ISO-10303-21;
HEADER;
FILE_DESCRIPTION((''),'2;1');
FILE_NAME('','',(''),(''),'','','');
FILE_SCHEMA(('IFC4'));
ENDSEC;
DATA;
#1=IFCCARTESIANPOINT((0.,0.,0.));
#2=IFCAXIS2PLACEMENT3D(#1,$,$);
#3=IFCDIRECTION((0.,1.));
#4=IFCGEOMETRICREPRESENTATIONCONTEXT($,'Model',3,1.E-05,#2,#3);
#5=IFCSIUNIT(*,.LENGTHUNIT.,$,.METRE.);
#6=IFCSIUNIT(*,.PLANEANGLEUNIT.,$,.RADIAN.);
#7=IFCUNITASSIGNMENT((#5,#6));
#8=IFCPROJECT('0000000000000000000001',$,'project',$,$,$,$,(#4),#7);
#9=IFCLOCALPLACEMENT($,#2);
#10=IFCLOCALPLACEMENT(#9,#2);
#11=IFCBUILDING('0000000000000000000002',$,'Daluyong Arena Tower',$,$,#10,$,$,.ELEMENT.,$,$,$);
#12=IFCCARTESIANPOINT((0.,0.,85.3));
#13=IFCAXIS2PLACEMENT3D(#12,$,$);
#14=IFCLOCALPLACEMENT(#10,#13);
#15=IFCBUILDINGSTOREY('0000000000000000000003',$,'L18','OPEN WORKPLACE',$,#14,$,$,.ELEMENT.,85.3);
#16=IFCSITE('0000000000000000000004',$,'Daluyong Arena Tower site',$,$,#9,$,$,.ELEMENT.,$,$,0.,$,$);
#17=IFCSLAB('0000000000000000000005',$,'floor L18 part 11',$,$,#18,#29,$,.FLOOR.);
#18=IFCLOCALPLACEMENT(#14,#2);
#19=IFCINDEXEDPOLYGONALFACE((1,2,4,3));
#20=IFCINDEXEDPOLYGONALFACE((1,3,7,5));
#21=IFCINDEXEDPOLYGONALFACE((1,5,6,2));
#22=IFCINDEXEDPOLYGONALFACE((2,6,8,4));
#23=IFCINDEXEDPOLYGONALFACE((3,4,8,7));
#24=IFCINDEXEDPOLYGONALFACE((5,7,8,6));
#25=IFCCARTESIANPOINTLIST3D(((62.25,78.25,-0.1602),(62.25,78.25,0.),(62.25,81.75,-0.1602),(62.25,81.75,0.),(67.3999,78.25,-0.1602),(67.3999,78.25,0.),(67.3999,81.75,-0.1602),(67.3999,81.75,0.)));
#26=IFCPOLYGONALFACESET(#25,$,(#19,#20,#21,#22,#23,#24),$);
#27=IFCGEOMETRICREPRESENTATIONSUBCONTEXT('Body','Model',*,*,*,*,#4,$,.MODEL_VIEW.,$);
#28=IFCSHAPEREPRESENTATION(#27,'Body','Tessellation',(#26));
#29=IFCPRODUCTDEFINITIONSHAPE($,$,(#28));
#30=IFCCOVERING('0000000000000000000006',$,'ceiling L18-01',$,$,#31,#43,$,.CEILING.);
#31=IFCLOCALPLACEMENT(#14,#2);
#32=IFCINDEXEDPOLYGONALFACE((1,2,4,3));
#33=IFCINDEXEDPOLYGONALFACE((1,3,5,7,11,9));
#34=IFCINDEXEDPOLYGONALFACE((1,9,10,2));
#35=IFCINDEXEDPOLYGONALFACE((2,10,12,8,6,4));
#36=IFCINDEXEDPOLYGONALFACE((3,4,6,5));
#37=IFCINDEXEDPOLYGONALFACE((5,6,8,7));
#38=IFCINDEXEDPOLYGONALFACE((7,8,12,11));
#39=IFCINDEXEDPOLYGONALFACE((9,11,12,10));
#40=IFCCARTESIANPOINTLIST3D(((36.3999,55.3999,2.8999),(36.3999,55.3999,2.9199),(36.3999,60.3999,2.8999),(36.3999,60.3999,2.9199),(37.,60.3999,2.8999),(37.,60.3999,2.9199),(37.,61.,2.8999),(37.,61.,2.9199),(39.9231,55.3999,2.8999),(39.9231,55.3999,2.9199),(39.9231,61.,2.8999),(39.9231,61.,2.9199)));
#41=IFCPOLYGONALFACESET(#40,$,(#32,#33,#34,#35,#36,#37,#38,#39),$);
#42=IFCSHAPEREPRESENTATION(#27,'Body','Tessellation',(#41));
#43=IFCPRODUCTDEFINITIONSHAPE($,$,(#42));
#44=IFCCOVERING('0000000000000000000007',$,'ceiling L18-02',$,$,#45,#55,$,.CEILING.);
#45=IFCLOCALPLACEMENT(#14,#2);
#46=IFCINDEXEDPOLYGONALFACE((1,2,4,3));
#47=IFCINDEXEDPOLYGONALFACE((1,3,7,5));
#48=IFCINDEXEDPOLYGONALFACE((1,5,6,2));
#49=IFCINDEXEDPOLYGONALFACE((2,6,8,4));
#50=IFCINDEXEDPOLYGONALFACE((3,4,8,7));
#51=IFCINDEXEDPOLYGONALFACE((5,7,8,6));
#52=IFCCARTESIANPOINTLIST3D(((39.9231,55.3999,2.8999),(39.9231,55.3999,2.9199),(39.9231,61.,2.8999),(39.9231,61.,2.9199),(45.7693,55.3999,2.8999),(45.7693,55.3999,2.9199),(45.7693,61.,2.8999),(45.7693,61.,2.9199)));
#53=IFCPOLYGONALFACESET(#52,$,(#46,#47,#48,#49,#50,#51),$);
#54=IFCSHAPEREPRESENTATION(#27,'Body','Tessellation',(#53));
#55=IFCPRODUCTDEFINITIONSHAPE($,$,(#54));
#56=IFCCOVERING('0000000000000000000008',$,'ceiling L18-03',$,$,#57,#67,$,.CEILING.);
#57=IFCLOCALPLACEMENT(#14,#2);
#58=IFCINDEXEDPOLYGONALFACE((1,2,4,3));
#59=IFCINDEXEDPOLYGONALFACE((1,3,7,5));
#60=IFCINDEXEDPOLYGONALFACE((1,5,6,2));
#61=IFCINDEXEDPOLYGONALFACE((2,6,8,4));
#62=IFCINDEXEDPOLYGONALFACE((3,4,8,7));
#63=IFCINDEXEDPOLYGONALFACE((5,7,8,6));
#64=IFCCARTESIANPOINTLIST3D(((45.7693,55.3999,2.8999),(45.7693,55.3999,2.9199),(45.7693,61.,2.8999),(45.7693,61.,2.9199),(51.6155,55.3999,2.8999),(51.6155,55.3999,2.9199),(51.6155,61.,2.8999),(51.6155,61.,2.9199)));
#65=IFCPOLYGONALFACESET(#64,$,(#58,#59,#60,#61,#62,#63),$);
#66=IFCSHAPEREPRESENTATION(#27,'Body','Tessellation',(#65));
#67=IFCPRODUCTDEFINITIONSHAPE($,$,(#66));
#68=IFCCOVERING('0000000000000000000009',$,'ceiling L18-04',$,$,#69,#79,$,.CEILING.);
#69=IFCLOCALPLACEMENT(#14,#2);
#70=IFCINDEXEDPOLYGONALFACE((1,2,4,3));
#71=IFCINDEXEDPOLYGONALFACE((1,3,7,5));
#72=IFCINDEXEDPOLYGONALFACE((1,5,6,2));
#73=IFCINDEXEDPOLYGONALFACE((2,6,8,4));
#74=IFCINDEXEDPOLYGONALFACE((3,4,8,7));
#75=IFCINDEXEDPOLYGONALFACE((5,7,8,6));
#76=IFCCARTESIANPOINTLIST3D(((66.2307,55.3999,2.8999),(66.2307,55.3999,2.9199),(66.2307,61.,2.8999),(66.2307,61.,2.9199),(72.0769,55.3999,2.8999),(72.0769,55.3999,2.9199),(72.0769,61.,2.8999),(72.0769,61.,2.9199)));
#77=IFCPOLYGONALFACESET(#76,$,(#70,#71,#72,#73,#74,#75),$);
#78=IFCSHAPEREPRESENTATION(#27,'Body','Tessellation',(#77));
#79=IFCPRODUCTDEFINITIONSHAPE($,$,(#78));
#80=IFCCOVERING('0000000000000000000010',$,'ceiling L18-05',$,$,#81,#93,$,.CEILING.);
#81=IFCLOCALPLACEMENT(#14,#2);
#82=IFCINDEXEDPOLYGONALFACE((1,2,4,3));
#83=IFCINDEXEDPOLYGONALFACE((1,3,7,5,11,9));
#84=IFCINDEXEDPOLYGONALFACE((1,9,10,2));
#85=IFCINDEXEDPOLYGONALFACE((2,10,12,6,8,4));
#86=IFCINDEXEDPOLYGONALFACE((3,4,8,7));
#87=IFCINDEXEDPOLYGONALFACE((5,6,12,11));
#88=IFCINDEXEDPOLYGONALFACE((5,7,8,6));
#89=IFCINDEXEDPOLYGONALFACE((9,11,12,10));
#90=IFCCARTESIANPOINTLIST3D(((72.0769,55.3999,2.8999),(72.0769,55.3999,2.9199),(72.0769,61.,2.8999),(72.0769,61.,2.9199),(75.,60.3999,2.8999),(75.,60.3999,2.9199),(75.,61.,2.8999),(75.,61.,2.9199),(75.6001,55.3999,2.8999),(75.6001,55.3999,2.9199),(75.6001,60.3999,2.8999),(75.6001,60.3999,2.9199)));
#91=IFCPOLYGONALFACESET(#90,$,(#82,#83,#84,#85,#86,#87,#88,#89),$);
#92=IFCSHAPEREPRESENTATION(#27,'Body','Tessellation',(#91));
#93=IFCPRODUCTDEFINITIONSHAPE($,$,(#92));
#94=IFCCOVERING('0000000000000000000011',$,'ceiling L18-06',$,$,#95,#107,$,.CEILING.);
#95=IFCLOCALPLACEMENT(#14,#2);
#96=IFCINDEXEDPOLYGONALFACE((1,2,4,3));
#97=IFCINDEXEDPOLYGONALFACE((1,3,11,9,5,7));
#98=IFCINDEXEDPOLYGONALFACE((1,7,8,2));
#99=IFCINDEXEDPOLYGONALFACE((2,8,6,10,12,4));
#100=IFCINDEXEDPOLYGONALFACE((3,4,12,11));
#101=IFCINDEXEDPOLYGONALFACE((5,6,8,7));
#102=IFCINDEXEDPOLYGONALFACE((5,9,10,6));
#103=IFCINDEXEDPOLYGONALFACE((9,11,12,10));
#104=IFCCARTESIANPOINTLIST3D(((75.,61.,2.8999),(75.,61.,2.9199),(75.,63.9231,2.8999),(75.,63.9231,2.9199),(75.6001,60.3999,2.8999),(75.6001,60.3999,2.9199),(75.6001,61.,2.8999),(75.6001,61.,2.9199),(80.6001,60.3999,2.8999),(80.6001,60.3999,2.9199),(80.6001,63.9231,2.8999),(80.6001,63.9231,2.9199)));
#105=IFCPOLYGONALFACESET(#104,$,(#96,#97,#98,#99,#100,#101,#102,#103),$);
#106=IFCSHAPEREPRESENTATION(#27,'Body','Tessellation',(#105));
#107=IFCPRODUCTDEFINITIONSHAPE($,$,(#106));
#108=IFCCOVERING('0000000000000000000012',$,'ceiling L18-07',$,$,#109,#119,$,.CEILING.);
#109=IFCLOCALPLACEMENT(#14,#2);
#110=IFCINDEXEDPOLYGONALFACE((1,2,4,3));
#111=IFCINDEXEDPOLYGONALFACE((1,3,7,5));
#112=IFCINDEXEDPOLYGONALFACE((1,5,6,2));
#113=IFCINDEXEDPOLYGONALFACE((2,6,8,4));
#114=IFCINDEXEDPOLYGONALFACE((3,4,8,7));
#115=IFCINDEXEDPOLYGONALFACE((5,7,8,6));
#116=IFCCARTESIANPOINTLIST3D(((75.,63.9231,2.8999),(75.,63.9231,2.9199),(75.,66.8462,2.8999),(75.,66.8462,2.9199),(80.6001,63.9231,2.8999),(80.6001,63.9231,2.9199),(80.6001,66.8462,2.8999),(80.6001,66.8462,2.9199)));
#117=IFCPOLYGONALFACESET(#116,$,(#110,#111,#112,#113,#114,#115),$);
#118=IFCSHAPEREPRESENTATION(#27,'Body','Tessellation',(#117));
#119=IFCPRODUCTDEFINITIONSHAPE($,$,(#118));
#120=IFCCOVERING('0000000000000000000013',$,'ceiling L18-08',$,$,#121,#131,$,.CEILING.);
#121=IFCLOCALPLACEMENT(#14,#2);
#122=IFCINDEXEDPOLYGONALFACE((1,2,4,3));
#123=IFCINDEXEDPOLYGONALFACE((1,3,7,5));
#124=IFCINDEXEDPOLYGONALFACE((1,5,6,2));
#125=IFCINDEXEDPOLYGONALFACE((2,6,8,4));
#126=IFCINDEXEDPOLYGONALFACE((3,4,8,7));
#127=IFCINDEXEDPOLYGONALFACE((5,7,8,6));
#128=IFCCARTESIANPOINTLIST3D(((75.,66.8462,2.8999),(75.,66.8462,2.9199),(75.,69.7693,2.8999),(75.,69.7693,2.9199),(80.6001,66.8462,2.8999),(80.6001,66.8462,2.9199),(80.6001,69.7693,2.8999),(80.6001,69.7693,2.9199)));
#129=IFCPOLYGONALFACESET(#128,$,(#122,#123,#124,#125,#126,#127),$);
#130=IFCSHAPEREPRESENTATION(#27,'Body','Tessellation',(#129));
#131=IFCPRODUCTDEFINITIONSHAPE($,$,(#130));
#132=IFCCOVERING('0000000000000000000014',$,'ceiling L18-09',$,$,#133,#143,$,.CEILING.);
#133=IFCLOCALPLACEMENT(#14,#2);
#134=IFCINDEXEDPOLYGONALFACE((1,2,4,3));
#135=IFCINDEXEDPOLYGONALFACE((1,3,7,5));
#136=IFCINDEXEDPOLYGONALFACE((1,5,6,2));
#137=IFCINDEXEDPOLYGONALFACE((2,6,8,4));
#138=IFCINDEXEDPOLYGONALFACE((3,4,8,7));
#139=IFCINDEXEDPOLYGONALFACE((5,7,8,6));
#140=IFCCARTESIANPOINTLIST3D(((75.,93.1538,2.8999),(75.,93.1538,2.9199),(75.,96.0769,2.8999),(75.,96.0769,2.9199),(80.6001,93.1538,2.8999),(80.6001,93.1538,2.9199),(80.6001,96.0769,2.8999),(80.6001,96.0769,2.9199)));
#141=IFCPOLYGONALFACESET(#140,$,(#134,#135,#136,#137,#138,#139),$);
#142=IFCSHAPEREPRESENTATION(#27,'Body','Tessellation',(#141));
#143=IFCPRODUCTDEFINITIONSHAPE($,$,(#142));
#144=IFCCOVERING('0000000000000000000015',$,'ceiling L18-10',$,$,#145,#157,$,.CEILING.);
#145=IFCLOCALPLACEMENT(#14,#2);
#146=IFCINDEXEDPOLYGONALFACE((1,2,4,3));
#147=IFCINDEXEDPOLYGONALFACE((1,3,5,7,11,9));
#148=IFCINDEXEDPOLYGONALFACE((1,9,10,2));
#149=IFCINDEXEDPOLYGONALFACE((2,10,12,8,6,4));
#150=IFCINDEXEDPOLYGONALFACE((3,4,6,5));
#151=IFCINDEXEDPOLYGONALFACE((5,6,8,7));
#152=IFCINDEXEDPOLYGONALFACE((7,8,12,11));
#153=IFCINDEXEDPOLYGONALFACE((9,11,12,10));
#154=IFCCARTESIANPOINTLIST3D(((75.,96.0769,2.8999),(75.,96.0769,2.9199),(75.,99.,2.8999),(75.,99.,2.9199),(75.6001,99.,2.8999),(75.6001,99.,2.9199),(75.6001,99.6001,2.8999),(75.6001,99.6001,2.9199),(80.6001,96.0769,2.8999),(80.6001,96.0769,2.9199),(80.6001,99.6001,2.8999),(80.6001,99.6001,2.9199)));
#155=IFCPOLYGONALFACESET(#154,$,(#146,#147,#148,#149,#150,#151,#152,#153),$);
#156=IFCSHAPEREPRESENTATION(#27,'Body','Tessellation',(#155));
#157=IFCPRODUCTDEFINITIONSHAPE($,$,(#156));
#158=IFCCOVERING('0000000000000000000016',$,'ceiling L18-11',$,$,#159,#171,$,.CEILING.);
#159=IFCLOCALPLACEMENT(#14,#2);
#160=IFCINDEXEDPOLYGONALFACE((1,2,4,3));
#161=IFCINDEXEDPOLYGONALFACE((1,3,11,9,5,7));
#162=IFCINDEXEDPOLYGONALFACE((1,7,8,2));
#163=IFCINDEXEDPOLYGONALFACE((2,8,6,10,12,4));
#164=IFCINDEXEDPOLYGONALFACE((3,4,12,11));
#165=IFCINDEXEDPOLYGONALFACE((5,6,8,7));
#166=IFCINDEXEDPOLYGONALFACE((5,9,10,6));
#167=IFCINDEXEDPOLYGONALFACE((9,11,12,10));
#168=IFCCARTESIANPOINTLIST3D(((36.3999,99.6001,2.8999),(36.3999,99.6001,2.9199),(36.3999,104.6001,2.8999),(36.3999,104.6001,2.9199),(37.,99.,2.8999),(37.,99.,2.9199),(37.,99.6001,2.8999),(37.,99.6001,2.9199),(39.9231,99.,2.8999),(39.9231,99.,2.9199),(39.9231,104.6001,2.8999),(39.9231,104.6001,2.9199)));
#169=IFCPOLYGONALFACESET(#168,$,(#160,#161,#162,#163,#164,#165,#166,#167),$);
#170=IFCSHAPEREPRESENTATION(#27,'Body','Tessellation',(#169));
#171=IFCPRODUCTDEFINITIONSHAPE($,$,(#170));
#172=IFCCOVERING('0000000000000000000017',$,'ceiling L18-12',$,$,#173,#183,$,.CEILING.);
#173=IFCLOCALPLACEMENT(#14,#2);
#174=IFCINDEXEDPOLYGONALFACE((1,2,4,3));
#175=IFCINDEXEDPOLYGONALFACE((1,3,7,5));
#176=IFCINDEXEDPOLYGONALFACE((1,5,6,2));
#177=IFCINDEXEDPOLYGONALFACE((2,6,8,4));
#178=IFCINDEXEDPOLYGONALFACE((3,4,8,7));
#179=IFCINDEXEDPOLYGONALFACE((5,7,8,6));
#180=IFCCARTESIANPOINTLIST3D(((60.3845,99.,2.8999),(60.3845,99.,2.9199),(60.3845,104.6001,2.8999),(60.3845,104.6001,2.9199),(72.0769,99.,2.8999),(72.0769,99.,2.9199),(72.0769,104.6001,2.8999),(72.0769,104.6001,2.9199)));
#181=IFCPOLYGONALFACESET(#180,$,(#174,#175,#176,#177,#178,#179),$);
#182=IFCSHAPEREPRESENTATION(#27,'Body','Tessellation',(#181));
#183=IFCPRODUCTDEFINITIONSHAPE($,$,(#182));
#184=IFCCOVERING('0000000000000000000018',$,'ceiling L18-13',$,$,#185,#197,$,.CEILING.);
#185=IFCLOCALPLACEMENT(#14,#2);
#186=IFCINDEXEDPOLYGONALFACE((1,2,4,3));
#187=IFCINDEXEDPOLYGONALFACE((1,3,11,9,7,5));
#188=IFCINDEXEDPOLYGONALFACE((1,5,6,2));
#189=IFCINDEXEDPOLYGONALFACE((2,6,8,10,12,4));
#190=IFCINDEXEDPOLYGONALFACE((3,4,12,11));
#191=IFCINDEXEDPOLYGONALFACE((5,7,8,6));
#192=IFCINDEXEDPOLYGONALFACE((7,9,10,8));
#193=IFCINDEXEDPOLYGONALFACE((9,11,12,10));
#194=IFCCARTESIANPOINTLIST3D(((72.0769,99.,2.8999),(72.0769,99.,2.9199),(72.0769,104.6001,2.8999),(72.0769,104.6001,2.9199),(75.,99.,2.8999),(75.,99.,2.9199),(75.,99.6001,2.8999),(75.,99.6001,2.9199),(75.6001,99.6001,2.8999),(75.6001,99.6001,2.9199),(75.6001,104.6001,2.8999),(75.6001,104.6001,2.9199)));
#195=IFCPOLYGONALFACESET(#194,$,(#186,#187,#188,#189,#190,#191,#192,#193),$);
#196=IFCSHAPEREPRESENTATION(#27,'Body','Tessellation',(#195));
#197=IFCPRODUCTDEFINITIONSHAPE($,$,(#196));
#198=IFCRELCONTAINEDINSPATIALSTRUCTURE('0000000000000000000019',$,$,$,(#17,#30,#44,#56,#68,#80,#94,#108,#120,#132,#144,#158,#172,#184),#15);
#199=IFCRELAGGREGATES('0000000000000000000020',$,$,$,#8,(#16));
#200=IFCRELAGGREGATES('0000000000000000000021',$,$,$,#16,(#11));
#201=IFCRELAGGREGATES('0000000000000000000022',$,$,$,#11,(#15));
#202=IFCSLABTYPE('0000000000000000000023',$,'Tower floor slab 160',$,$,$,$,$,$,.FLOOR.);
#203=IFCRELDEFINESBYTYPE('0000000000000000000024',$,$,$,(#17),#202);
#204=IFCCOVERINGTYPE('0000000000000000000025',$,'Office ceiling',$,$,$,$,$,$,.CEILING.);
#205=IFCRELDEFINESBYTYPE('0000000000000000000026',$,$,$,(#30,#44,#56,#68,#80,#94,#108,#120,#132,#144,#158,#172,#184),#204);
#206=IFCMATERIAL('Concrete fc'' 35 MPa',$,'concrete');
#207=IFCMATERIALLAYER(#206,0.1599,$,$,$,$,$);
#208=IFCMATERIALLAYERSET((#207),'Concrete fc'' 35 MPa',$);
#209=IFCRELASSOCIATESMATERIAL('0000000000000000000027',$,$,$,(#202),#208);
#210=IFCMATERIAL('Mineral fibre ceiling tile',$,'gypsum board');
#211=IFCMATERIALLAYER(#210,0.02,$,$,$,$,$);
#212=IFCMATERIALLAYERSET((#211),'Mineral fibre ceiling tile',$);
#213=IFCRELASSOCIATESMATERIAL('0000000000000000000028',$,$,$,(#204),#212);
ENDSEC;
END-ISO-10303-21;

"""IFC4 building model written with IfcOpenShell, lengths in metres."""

from ifc_helpers import new_model, si_unit, direction, frame, origin, place, context, subcontext, project, spatial, polyline, outline, extrude, material, layer, layer_set, type_object, element, save


model = new_model("IFC4")

# Units and contexts
model_context = context("Model", 3, precision=1e-05, world=origin(), true_north=direction((0.0, 1.0)))
body_context = subcontext(model_context, "Body", "Model", "MODEL_VIEW")
ifc_project = project(units=[si_unit("LENGTHUNIT", "METRE"), si_unit("PLANEANGLEUNIT", "RADIAN")], contexts=[model_context])

# Site, building, storey
site_placement = place(None, origin())
site = spatial("IfcSite", under=ifc_project, at=site_placement, Name="Daluyong Arena Tower site", CompositionType="ELEMENT", RefElevation=0.0)
building_placement = place(site_placement, origin())
building = spatial("IfcBuilding", under=site, at=building_placement, Name="Daluyong Arena Tower", CompositionType="ELEMENT")
storey_placement = place(building_placement, frame((0.0, 0.0, 85.3)))
storey = spatial("IfcBuildingStorey", under=building, at=storey_placement, Name="L18", Description="OPEN WORKPLACE", CompositionType="ELEMENT", Elevation=85.3)

# Slab
ifc_material_1 = material(Name="Concrete fc' 35 MPa", Category="concrete")
ifc_layer_1 = layer(ifc_material_1, 0.1599)
ifc_layer_set_1 = layer_set([ifc_layer_1], Name="Concrete fc' 35 MPa")
slab_type_1 = type_object("IfcSlabType", Name="Tower floor slab 160", PredefinedType="FLOOR", material=ifc_layer_set_1)
slab_1_placement = place(storey_placement, frame((0.0, 0.0, -0.1602)))
element("IfcSlab", 1, at=slab_1_placement, inside=storey, type_object=slab_type_1, Name="floor L18 part 11", PredefinedType="FLOOR", context=body_context, shape_type="SweptSolid", body=[
    extrude(outline(polyline([(67.3999, 78.25), (67.3999, 81.75), (62.25, 81.75), (62.25, 78.25), (67.3999, 78.25)])), origin(), (0.0, 0.0, 1.0), 0.1602),
])

# Coverings
ifc_material_2 = material(Name="Mineral fibre ceiling tile", Category="gypsum board")
ifc_layer_2 = layer(ifc_material_2, 0.02)
ifc_layer_set_2 = layer_set([ifc_layer_2], Name="Mineral fibre ceiling tile")
covering_type = type_object("IfcCoveringType", Name="Office ceiling", PredefinedType="CEILING", material=ifc_layer_set_2)
covering_1_placement = place(storey_placement, frame((0.0, 0.0, 2.8999)))
element("IfcCovering", 2, at=covering_1_placement, inside=storey, type_object=covering_type, Name="ceiling L18-01", PredefinedType="CEILING", context=body_context, shape_type="SweptSolid", body=[
    extrude(outline(polyline([(36.3999, 60.3999), (36.3999, 55.3999), (39.9231, 55.3999), (39.9231, 61.0), (37.0, 61.0), (37.0, 60.3999), (36.3999, 60.3999)])), origin(), (0.0, 0.0, 1.0), 0.02),
])
covering_2_placement = place(storey_placement, frame((0.0, 0.0, 2.8999)))
element("IfcCovering", 3, at=covering_2_placement, inside=storey, type_object=covering_type, Name="ceiling L18-02", PredefinedType="CEILING", context=body_context, shape_type="SweptSolid", body=[
    extrude(outline(polyline([(39.9231, 61.0), (39.9231, 55.3999), (45.7693, 55.3999), (45.7693, 61.0), (39.9231, 61.0)])), origin(), (0.0, 0.0, 1.0), 0.02),
])
covering_3_placement = place(storey_placement, frame((0.0, 0.0, 2.8999)))
element("IfcCovering", 4, at=covering_3_placement, inside=storey, type_object=covering_type, Name="ceiling L18-03", PredefinedType="CEILING", context=body_context, shape_type="SweptSolid", body=[
    extrude(outline(polyline([(45.7693, 61.0), (45.7693, 55.3999), (51.6155, 55.3999), (51.6155, 61.0), (45.7693, 61.0)])), origin(), (0.0, 0.0, 1.0), 0.02),
])
covering_4_placement = place(storey_placement, frame((0.0, 0.0, 2.8999)))
element("IfcCovering", 5, at=covering_4_placement, inside=storey, type_object=covering_type, Name="ceiling L18-04", PredefinedType="CEILING", context=body_context, shape_type="SweptSolid", body=[
    extrude(outline(polyline([(66.2307, 61.0), (66.2307, 55.3999), (72.0769, 55.3999), (72.0769, 61.0), (66.2307, 61.0)])), origin(), (0.0, 0.0, 1.0), 0.02),
])
covering_5_placement = place(storey_placement, frame((0.0, 0.0, 2.8999)))
element("IfcCovering", 6, at=covering_5_placement, inside=storey, type_object=covering_type, Name="ceiling L18-05", PredefinedType="CEILING", context=body_context, shape_type="SweptSolid", body=[
    extrude(outline(polyline([(75.6001, 55.3999), (75.6001, 60.3999), (75.0, 60.3999), (75.0, 61.0), (72.0769, 61.0), (72.0769, 55.3999), (75.6001, 55.3999)])), origin(), (0.0, 0.0, 1.0), 0.02),
])
covering_6_placement = place(storey_placement, frame((0.0, 0.0, 2.8999)))
element("IfcCovering", 7, at=covering_6_placement, inside=storey, type_object=covering_type, Name="ceiling L18-06", PredefinedType="CEILING", context=body_context, shape_type="SweptSolid", body=[
    extrude(outline(polyline([(75.6001, 60.3999), (80.6001, 60.3999), (80.6001, 63.9231), (75.0, 63.9231), (75.0, 61.0), (75.6001, 61.0), (75.6001, 60.3999)])), origin(), (0.0, 0.0, 1.0), 0.02),
])
covering_7_placement = place(storey_placement, frame((0.0, 0.0, 2.8999)))
element("IfcCovering", 8, at=covering_7_placement, inside=storey, type_object=covering_type, Name="ceiling L18-07", PredefinedType="CEILING", context=body_context, shape_type="SweptSolid", body=[
    extrude(outline(polyline([(75.0, 63.9231), (80.6001, 63.9231), (80.6001, 66.8462), (75.0, 66.8462), (75.0, 63.9231)])), origin(), (0.0, 0.0, 1.0), 0.02),
])
covering_8_placement = place(storey_placement, frame((0.0, 0.0, 2.8999)))
element("IfcCovering", 9, at=covering_8_placement, inside=storey, type_object=covering_type, Name="ceiling L18-08", PredefinedType="CEILING", context=body_context, shape_type="SweptSolid", body=[
    extrude(outline(polyline([(75.0, 66.8462), (80.6001, 66.8462), (80.6001, 69.7693), (75.0, 69.7693), (75.0, 66.8462)])), origin(), (0.0, 0.0, 1.0), 0.02),
])
covering_9_placement = place(storey_placement, frame((0.0, 0.0, 2.8999)))
element("IfcCovering", 10, at=covering_9_placement, inside=storey, type_object=covering_type, Name="ceiling L18-09", PredefinedType="CEILING", context=body_context, shape_type="SweptSolid", body=[
    extrude(outline(polyline([(75.0, 93.1538), (80.6001, 93.1538), (80.6001, 96.0769), (75.0, 96.0769), (75.0, 93.1538)])), origin(), (0.0, 0.0, 1.0), 0.02),
])
covering_10_placement = place(storey_placement, frame((0.0, 0.0, 2.8999)))
element("IfcCovering", 11, at=covering_10_placement, inside=storey, type_object=covering_type, Name="ceiling L18-10", PredefinedType="CEILING", context=body_context, shape_type="SweptSolid", body=[
    extrude(outline(polyline([(75.0, 96.0769), (80.6001, 96.0769), (80.6001, 99.6001), (75.6001, 99.6001), (75.6001, 99.0), (75.0, 99.0), (75.0, 96.0769)])), origin(), (0.0, 0.0, 1.0), 0.02),
])
covering_11_placement = place(storey_placement, frame((0.0, 0.0, 2.8999)))
element("IfcCovering", 12, at=covering_11_placement, inside=storey, type_object=covering_type, Name="ceiling L18-11", PredefinedType="CEILING", context=body_context, shape_type="SweptSolid", body=[
    extrude(outline(polyline([(39.9231, 99.0), (39.9231, 104.6001), (36.3999, 104.6001), (36.3999, 99.6001), (37.0, 99.6001), (37.0, 99.0), (39.9231, 99.0)])), origin(), (0.0, 0.0, 1.0), 0.02),
])
covering_12_placement = place(storey_placement, frame((0.0, 0.0, 2.8999)))
element("IfcCovering", 13, at=covering_12_placement, inside=storey, type_object=covering_type, Name="ceiling L18-12", PredefinedType="CEILING", context=body_context, shape_type="SweptSolid", body=[
    extrude(outline(polyline([(72.0769, 99.0), (72.0769, 104.6001), (60.3845, 104.6001), (60.3845, 99.0), (72.0769, 99.0)])), origin(), (0.0, 0.0, 1.0), 0.02),
])
covering_13_placement = place(storey_placement, frame((0.0, 0.0, 2.8999)))
element("IfcCovering", 14, at=covering_13_placement, inside=storey, type_object=covering_type, Name="ceiling L18-13", PredefinedType="CEILING", context=body_context, shape_type="SweptSolid", body=[
    extrude(outline(polyline([(72.0769, 99.0), (75.0, 99.0), (75.0, 99.6001), (75.6001, 99.6001), (75.6001, 104.6001), (72.0769, 104.6001), (72.0769, 99.0)])), origin(), (0.0, 0.0, 1.0), 0.02),
])

save(model, "model.ifc")
